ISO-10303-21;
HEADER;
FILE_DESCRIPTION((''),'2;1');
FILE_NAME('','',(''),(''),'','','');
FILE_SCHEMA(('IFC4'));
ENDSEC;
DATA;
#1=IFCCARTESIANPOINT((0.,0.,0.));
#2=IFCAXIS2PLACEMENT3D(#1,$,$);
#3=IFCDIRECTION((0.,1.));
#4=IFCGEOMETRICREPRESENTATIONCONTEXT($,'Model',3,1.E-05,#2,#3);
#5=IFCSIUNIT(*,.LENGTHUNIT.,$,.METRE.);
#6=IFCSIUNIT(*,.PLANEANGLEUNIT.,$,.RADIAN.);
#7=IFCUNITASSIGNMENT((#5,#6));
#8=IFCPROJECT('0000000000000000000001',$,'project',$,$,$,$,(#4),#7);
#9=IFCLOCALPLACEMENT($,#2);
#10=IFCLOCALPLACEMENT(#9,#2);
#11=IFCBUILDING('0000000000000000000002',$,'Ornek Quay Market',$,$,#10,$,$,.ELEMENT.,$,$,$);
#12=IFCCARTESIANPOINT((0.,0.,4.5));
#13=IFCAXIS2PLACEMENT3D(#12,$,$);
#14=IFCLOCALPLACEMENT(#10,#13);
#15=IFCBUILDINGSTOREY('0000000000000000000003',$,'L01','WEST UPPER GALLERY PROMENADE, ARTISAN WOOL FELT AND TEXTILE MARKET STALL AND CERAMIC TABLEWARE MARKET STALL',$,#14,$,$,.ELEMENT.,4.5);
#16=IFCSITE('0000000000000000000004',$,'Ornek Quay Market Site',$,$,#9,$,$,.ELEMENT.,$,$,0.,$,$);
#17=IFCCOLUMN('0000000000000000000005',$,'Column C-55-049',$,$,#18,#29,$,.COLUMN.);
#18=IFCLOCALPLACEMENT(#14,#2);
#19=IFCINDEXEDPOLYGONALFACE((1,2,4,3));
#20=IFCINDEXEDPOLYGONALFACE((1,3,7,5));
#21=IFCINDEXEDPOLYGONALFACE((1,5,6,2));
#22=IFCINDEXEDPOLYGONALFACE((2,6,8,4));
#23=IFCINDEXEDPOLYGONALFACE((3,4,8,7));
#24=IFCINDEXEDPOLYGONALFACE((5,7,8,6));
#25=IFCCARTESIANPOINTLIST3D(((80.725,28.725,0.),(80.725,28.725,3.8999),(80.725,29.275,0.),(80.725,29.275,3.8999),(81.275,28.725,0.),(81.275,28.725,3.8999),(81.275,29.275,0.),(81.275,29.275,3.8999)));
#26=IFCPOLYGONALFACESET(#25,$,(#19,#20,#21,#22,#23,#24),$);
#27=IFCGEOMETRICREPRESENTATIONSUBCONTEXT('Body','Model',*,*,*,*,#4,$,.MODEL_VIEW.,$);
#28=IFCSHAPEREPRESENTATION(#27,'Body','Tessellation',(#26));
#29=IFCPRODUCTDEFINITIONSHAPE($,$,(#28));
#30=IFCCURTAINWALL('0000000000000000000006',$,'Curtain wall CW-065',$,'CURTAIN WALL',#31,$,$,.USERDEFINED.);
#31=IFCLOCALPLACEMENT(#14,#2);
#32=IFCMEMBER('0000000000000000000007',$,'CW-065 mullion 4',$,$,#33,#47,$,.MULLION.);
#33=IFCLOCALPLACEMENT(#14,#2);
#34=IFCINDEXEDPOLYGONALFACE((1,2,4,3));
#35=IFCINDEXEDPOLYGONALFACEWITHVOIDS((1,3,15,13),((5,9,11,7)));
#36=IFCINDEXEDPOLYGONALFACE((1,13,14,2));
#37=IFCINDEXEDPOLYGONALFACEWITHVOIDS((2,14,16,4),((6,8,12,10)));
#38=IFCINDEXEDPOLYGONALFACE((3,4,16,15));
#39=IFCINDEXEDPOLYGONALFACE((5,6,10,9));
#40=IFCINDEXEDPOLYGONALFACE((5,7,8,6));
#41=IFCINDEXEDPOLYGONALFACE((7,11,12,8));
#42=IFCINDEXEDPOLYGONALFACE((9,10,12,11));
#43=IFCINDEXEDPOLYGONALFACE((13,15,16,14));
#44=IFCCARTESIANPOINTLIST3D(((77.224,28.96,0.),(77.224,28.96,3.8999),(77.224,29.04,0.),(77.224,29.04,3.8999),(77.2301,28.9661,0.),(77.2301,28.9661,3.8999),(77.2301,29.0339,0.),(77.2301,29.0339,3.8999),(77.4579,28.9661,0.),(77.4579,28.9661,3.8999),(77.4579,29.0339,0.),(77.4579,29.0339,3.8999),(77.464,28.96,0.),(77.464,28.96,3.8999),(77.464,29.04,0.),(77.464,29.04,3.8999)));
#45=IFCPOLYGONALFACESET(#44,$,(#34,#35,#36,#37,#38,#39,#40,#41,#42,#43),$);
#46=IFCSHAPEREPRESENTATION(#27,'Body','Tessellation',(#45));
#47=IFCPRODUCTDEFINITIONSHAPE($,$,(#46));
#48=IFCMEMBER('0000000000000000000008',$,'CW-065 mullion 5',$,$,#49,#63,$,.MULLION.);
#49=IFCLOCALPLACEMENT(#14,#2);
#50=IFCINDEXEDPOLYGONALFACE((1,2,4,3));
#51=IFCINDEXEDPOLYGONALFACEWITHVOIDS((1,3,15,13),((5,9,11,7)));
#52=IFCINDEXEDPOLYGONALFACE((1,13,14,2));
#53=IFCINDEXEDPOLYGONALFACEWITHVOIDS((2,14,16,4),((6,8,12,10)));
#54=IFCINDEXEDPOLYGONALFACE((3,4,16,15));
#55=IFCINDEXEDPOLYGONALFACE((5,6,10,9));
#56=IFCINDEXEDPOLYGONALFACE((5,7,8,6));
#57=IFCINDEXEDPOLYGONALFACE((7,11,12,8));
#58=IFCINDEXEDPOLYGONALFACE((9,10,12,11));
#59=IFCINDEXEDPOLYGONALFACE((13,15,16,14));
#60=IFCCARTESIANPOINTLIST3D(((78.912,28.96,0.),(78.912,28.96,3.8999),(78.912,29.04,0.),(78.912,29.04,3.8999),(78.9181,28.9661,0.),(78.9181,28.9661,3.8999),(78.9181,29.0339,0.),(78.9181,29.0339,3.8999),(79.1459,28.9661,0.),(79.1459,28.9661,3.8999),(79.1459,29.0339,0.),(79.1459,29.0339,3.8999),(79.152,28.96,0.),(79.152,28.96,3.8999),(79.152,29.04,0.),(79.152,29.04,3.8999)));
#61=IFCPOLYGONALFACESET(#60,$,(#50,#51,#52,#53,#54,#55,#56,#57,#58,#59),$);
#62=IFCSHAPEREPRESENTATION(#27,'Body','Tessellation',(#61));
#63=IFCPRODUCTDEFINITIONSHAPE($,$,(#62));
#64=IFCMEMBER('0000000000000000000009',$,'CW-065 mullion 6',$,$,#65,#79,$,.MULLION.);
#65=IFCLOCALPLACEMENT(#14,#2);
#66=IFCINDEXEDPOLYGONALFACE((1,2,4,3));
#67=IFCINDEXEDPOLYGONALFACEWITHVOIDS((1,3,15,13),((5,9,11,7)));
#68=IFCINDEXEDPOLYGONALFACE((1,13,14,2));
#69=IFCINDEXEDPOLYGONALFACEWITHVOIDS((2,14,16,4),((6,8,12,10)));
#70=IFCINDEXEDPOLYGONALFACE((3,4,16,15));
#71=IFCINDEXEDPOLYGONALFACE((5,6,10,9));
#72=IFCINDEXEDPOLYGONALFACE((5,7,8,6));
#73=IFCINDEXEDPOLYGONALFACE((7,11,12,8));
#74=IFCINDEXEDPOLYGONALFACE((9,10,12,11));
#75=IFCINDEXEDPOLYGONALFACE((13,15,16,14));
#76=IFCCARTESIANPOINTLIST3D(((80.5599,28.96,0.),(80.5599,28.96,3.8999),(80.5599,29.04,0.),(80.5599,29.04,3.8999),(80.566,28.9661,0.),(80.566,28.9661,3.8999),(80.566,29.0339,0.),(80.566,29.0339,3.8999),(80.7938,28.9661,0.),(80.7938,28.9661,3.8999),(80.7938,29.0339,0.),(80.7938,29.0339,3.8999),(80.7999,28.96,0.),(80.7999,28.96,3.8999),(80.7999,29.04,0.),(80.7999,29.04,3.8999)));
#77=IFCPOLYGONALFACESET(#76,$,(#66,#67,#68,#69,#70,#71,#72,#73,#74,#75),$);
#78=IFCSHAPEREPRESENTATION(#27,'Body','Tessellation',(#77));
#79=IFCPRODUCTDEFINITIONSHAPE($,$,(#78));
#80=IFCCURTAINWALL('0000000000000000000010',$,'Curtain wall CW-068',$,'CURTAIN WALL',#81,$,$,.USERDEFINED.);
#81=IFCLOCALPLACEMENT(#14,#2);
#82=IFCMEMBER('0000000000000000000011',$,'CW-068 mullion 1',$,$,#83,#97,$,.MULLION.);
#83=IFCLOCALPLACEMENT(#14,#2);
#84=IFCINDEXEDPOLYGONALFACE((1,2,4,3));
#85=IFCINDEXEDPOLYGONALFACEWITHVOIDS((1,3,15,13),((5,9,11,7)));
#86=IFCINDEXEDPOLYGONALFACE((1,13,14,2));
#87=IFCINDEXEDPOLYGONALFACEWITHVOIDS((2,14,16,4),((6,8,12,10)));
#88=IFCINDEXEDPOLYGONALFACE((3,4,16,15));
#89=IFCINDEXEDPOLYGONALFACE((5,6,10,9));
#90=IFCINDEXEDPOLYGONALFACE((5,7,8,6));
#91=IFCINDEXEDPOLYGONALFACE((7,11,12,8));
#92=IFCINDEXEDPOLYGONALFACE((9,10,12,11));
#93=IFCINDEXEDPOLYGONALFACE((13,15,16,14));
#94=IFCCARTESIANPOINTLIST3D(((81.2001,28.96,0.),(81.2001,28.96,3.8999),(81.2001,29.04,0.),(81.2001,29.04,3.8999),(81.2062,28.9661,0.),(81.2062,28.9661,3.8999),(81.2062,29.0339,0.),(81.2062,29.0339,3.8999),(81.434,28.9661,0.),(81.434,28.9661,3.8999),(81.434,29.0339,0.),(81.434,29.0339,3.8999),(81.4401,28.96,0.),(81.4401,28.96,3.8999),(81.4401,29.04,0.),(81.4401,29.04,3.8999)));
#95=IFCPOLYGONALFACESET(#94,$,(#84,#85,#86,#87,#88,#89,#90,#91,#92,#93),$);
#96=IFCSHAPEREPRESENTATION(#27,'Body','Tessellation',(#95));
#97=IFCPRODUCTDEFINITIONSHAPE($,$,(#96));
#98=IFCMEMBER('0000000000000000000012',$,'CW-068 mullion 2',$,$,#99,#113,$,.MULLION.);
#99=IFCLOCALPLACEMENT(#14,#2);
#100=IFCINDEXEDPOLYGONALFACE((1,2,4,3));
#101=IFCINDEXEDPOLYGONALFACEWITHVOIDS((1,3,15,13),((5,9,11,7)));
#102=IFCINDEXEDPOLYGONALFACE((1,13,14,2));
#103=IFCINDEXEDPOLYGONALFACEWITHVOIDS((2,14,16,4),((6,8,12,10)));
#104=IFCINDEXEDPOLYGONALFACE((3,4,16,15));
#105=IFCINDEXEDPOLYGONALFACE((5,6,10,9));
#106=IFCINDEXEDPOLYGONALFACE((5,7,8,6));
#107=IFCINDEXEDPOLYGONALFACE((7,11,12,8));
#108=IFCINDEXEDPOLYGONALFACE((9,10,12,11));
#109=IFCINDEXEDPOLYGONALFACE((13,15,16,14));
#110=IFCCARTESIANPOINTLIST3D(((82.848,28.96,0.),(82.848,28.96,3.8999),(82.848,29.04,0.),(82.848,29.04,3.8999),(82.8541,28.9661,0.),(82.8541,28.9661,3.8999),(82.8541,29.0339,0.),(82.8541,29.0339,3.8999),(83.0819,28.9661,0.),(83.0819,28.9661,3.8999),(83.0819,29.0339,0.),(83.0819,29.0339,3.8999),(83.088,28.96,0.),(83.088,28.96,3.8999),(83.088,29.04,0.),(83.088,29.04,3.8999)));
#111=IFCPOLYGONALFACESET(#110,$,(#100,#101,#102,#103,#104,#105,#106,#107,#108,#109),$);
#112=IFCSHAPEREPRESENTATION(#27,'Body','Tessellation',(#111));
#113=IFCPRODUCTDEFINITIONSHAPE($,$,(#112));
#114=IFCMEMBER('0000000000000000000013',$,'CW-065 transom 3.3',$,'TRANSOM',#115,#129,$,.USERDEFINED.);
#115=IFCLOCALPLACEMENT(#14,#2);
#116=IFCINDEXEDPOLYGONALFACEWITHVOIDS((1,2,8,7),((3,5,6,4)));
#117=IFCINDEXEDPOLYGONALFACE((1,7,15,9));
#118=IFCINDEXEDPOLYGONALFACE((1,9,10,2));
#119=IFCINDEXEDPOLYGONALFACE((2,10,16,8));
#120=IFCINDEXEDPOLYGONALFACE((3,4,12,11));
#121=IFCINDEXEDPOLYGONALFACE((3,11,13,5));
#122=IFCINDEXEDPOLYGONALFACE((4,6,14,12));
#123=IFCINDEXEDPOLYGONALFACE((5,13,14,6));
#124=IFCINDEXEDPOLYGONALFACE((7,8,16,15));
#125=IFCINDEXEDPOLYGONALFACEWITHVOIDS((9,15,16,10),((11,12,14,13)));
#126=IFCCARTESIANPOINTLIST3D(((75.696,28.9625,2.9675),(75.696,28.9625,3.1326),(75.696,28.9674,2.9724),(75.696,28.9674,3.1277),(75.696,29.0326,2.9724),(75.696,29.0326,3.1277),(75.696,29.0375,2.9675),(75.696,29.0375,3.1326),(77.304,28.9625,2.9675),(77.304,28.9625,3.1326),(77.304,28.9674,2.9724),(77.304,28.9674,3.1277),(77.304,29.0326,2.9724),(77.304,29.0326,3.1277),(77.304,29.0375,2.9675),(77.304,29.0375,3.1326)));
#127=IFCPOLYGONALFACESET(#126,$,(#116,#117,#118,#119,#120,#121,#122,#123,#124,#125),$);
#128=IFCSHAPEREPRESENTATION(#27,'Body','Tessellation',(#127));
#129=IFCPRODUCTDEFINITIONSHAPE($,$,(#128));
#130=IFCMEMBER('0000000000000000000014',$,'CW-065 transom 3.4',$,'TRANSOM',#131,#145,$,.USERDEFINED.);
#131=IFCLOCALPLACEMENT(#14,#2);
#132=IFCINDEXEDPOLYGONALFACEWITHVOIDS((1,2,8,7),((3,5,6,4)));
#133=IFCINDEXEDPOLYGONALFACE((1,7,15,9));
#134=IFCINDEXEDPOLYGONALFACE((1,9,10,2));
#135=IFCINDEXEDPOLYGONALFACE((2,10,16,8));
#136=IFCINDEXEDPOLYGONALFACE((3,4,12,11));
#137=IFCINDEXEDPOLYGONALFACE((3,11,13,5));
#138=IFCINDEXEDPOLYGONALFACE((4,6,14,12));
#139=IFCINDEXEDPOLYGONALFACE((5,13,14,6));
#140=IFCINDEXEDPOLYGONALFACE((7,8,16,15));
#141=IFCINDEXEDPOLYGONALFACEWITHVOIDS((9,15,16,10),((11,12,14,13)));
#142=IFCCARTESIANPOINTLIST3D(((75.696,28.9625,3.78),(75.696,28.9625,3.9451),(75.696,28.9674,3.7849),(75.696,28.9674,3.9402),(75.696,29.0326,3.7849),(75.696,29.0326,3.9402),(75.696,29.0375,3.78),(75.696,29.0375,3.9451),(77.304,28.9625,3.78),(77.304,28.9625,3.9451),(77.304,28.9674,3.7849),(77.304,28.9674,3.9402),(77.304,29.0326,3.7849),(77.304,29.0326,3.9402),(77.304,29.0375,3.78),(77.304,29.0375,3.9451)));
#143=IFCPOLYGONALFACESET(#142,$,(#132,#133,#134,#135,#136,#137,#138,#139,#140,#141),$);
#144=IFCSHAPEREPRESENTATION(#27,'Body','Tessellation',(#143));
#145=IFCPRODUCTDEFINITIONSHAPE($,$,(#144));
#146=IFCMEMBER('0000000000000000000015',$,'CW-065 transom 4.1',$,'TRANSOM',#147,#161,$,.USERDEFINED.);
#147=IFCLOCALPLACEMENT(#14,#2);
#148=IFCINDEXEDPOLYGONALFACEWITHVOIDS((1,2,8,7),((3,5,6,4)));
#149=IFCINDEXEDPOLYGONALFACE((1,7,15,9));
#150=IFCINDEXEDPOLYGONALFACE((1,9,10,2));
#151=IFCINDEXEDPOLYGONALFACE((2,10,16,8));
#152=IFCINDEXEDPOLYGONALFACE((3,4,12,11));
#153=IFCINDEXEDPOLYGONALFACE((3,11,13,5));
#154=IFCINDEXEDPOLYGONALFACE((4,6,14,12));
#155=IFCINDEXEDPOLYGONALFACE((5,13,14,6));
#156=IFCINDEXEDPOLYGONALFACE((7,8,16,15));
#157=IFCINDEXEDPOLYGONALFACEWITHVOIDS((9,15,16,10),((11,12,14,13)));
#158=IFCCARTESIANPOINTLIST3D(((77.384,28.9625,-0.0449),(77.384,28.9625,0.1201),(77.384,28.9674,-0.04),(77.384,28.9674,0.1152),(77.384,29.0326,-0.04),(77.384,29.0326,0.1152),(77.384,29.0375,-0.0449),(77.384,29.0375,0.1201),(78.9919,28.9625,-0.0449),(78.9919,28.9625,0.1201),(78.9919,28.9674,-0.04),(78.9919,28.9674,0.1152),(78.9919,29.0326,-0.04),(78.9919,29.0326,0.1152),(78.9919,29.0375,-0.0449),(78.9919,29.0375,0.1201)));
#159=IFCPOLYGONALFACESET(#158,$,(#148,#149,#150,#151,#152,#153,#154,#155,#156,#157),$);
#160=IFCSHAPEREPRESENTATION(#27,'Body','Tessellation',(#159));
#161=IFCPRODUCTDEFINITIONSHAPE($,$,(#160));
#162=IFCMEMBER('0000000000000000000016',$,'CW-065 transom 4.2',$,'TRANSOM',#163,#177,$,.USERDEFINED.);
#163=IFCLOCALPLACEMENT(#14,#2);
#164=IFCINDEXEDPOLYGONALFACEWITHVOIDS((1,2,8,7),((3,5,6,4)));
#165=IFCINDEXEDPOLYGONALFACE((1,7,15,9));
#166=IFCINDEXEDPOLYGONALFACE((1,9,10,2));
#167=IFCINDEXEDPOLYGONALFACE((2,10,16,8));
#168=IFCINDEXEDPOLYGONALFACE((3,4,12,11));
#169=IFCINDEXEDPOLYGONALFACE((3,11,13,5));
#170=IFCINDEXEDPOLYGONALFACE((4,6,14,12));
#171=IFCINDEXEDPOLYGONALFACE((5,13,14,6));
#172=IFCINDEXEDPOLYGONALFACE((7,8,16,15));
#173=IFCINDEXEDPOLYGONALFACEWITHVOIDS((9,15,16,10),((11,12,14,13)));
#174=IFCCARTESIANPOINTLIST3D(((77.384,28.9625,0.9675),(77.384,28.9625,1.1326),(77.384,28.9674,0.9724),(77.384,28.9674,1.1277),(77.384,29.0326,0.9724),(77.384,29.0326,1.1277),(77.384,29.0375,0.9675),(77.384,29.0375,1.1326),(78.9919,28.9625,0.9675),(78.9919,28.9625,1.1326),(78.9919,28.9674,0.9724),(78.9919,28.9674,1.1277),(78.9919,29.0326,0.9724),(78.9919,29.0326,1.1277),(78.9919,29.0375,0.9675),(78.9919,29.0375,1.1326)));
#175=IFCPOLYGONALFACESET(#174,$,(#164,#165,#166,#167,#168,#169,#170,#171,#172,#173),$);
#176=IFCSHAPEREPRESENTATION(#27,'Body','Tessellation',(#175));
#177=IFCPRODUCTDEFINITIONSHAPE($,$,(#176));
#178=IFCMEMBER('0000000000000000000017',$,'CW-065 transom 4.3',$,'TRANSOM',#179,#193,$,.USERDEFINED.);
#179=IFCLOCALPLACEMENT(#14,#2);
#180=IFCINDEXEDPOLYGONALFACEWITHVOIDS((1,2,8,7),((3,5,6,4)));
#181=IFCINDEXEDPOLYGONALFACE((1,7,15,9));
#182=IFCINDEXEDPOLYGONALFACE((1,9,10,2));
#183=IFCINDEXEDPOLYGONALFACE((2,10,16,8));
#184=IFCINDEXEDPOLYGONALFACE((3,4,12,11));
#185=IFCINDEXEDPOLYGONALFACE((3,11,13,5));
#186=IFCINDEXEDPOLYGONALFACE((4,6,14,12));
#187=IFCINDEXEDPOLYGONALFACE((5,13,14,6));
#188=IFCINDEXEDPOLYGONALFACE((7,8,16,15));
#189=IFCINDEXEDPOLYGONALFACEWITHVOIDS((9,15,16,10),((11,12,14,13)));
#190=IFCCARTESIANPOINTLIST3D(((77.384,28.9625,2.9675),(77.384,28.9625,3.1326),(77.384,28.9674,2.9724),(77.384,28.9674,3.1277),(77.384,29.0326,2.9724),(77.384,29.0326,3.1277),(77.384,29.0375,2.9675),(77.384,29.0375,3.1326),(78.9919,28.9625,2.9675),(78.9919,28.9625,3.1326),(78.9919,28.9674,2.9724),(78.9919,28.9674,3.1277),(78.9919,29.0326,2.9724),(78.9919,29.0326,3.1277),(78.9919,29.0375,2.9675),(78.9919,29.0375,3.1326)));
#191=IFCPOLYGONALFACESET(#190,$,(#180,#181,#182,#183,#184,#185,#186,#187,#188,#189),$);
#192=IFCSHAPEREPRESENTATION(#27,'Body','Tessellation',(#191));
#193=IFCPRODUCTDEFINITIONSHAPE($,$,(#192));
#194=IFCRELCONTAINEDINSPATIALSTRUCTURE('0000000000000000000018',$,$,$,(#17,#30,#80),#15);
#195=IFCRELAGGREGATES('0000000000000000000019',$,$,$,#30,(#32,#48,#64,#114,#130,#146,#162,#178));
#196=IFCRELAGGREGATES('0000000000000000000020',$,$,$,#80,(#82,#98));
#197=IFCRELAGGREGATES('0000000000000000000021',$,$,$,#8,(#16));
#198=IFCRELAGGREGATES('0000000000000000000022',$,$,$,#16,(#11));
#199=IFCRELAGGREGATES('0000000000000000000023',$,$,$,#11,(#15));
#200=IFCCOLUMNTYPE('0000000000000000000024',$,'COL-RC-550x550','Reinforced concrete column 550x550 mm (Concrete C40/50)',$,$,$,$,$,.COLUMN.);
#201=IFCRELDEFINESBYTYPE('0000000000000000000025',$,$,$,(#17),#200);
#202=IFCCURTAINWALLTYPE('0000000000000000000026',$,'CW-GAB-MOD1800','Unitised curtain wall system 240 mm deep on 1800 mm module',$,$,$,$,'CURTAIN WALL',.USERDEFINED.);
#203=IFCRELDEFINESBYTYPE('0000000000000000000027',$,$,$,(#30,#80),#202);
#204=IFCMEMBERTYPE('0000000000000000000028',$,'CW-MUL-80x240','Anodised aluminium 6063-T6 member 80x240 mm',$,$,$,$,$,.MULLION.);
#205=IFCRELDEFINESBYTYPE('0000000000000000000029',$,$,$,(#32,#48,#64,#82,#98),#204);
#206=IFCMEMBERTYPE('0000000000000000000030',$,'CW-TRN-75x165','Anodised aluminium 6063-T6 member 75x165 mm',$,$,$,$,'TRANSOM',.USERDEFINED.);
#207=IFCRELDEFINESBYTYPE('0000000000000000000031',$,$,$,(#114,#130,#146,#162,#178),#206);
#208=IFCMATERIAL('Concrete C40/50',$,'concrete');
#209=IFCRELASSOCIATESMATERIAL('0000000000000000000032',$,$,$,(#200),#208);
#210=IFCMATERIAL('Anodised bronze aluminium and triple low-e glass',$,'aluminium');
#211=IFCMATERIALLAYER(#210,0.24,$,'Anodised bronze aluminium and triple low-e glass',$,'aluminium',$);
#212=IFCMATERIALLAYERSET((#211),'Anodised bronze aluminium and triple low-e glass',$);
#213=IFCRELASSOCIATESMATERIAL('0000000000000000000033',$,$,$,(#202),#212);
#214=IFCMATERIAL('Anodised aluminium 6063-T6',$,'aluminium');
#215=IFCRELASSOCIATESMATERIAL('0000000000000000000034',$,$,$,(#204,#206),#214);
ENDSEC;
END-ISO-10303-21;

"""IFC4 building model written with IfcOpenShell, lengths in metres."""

from ifc_helpers import new_model, si_unit, direction, frame, origin, origin_2d, place, context, subcontext, project, spatial, rectangle, hollow_rectangle, extrude, material, layer, layer_set, material_profile, profile_set, type_object, element, aggregate, save


model = new_model("IFC4")

# Units and contexts
model_context = context("Model", 3, precision=1e-05, world=origin(), true_north=direction((0.0, 1.0)))
body_context = subcontext(model_context, "Body", "Model", "MODEL_VIEW")
ifc_project = project(units=[si_unit("LENGTHUNIT", "METRE"), si_unit("PLANEANGLEUNIT", "RADIAN")], contexts=[model_context])

# Site, building, storey
site_placement = place(None, origin())
site = spatial("IfcSite", under=ifc_project, at=site_placement, Name="Ornek Quay Market Site", CompositionType="ELEMENT", RefElevation=0.0)
building_placement = place(site_placement, origin())
building = spatial("IfcBuilding", under=site, at=building_placement, Name="Ornek Quay Market", CompositionType="ELEMENT")
storey_placement = place(building_placement, frame((0.0, 0.0, 4.5)))
storey = spatial("IfcBuildingStorey", under=building, at=storey_placement, Name="L01", Description="WEST UPPER GALLERY PROMENADE, ARTISAN WOOL FELT AND TEXTILE MARKET STALL AND CERAMIC TABLEWARE MARKET STALL", CompositionType="ELEMENT", Elevation=4.5)

# Column
ifc_material_1 = material(Name="Concrete C40/50", Category="concrete")
ifc_material_profile_1 = material_profile(ifc_material_1, rectangle(XDim=0.55, YDim=0.55, at=origin_2d()), Name="RC 550x550", Category="concrete")
ifc_profile_set_1 = profile_set([ifc_material_profile_1], Name="Concrete C40/50")
column_type = type_object("IfcColumnType", Name="COL-RC-550x550", Description="Reinforced concrete column 550x550 mm (Concrete C40/50)", PredefinedType="COLUMN", material=ifc_profile_set_1)
column_placement = place(storey_placement, frame((81.0, 29.0, 0.0), z_axis=(0.0, 0.0, 1.0), x_axis=(1.0, 0.0, 0.0)))
element("IfcColumn", 1, at=column_placement, inside=storey, type_object=column_type, Name="Column C-55-049", PredefinedType="COLUMN", context=body_context, shape_type="SweptSolid", body=[
    extrude(rectangle(XDim=0.55, YDim=0.55, at=origin_2d()), origin(), (0.0, 0.0, 1.0), 3.8999),
])

# Curtain walls, members
ifc_material_2 = material(Name="Anodised bronze aluminium and triple low-e glass", Category="aluminium")
ifc_layer_1 = layer(ifc_material_2, 0.24, Name="Anodised bronze aluminium and triple low-e glass", Category="aluminium")
ifc_layer_set_1 = layer_set([ifc_layer_1], Name="Anodised bronze aluminium and triple low-e glass")
curtain_wall_type = type_object("IfcCurtainWallType", Name="CW-GAB-MOD1800", Description="Unitised curtain wall system 240 mm deep on 1800 mm module", ElementType="CURTAIN WALL", PredefinedType="USERDEFINED", material=ifc_layer_set_1)
curtain_wall_1_placement = place(storey_placement, origin())
curtain_wall_1 = element("IfcCurtainWall", 2, at=curtain_wall_1_placement, inside=storey, type_object=curtain_wall_type, Name="Curtain wall CW-065", ObjectType="CURTAIN WALL", PredefinedType="USERDEFINED")
ifc_material_3 = material(Name="Anodised aluminium 6063-T6", Category="aluminium")
ifc_material_profile_2 = material_profile(ifc_material_3, hollow_rectangle(XDim=0.0801, YDim=0.24, WallThickness=0.0061, at=origin_2d()), Name="CW-MUL-80x240", Category="aluminium")
ifc_profile_set_2 = profile_set([ifc_material_profile_2], Name="Anodised aluminium 6063-T6")
member_type_1 = type_object("IfcMemberType", Name="CW-MUL-80x240", Description="Anodised aluminium 6063-T6 member 80x240 mm", PredefinedType="MULLION", material=ifc_profile_set_2)
member_1_placement = place(storey_placement, frame((77.344, 29.0, 0.0), z_axis=(0.0, 0.0, 1.0), x_axis=(0.0, 1.0, 0.0)))
member_1 = element("IfcMember", 3, at=member_1_placement, type_object=member_type_1, Name="CW-065 mullion 4", PredefinedType="MULLION", context=body_context, shape_type="SweptSolid", body=[
    extrude(hollow_rectangle(XDim=0.0801, YDim=0.24, WallThickness=0.0061, at=origin_2d()), origin(), (0.0, 0.0, 1.0), 3.8999),
])
member_2_placement = place(storey_placement, frame((79.032, 29.0, 0.0), z_axis=(0.0, 0.0, 1.0), x_axis=(0.0, 1.0, 0.0)))
member_2 = element("IfcMember", 4, at=member_2_placement, type_object=member_type_1, Name="CW-065 mullion 5", PredefinedType="MULLION", context=body_context, shape_type="SweptSolid", body=[
    extrude(hollow_rectangle(XDim=0.0801, YDim=0.24, WallThickness=0.0061, at=origin_2d()), origin(), (0.0, 0.0, 1.0), 3.8999),
])
member_3_placement = place(storey_placement, frame((80.6799, 29.0, 0.0), z_axis=(0.0, 0.0, 1.0), x_axis=(0.0, 1.0, 0.0)))
member_3 = element("IfcMember", 5, at=member_3_placement, type_object=member_type_1, Name="CW-065 mullion 6", PredefinedType="MULLION", context=body_context, shape_type="SweptSolid", body=[
    extrude(hollow_rectangle(XDim=0.0801, YDim=0.24, WallThickness=0.0061, at=origin_2d()), origin(), (0.0, 0.0, 1.0), 3.8999),
])
curtain_wall_2_placement = place(storey_placement, origin())
curtain_wall_2 = element("IfcCurtainWall", 6, at=curtain_wall_2_placement, inside=storey, type_object=curtain_wall_type, Name="Curtain wall CW-068", ObjectType="CURTAIN WALL", PredefinedType="USERDEFINED")
member_4_placement = place(storey_placement, frame((81.3201, 29.0, 0.0), z_axis=(0.0, 0.0, 1.0), x_axis=(0.0, 1.0, 0.0)))
member_4 = element("IfcMember", 7, at=member_4_placement, type_object=member_type_1, Name="CW-068 mullion 1", PredefinedType="MULLION", context=body_context, shape_type="SweptSolid", body=[
    extrude(hollow_rectangle(XDim=0.0801, YDim=0.24, WallThickness=0.0061, at=origin_2d()), origin(), (0.0, 0.0, 1.0), 3.8999),
])
member_5_placement = place(storey_placement, frame((82.968, 29.0, 0.0), z_axis=(0.0, 0.0, 1.0), x_axis=(0.0, 1.0, 0.0)))
member_5 = element("IfcMember", 8, at=member_5_placement, type_object=member_type_1, Name="CW-068 mullion 2", PredefinedType="MULLION", context=body_context, shape_type="SweptSolid", body=[
    extrude(hollow_rectangle(XDim=0.0801, YDim=0.24, WallThickness=0.0061, at=origin_2d()), origin(), (0.0, 0.0, 1.0), 3.8999),
])

# Members
ifc_material_profile_3 = material_profile(ifc_material_3, hollow_rectangle(XDim=0.075, YDim=0.165, WallThickness=0.0049, at=origin_2d()), Name="CW-TRN-75x165", Category="aluminium")
ifc_profile_set_3 = profile_set([ifc_material_profile_3], Name="Anodised aluminium 6063-T6")
member_type_2 = type_object("IfcMemberType", Name="CW-TRN-75x165", Description="Anodised aluminium 6063-T6 member 75x165 mm", ElementType="TRANSOM", PredefinedType="USERDEFINED", material=ifc_profile_set_3)
member_6_placement = place(storey_placement, frame((75.696, 29.0, 3.05), z_axis=(1.0, 0.0, 0.0), x_axis=(0.0, 1.0, 0.0)))
member_6 = element("IfcMember", 9, at=member_6_placement, type_object=member_type_2, Name="CW-065 transom 3.3", ObjectType="TRANSOM", PredefinedType="USERDEFINED", context=body_context, shape_type="SweptSolid", body=[
    extrude(hollow_rectangle(XDim=0.075, YDim=0.165, WallThickness=0.0049, at=origin_2d()), origin(), (0.0, 0.0, 1.0), 1.6079),
])
member_7_placement = place(storey_placement, frame((75.696, 29.0, 3.8625), z_axis=(1.0, 0.0, 0.0), x_axis=(0.0, 1.0, 0.0)))
member_7 = element("IfcMember", 10, at=member_7_placement, type_object=member_type_2, Name="CW-065 transom 3.4", ObjectType="TRANSOM", PredefinedType="USERDEFINED", context=body_context, shape_type="SweptSolid", body=[
    extrude(hollow_rectangle(XDim=0.075, YDim=0.165, WallThickness=0.0049, at=origin_2d()), origin(), (0.0, 0.0, 1.0), 1.6079),
])
member_8_placement = place(storey_placement, frame((77.384, 29.0, 0.0376), z_axis=(1.0, 0.0, 0.0), x_axis=(0.0, 1.0, 0.0)))
member_8 = element("IfcMember", 11, at=member_8_placement, type_object=member_type_2, Name="CW-065 transom 4.1", ObjectType="TRANSOM", PredefinedType="USERDEFINED", context=body_context, shape_type="SweptSolid", body=[
    extrude(hollow_rectangle(XDim=0.075, YDim=0.165, WallThickness=0.0049, at=origin_2d()), origin(), (0.0, 0.0, 1.0), 1.6079),
])
member_9_placement = place(storey_placement, frame((77.384, 29.0, 1.05), z_axis=(1.0, 0.0, 0.0), x_axis=(0.0, 1.0, 0.0)))
member_9 = element("IfcMember", 12, at=member_9_placement, type_object=member_type_2, Name="CW-065 transom 4.2", ObjectType="TRANSOM", PredefinedType="USERDEFINED", context=body_context, shape_type="SweptSolid", body=[
    extrude(hollow_rectangle(XDim=0.075, YDim=0.165, WallThickness=0.0049, at=origin_2d()), origin(), (0.0, 0.0, 1.0), 1.6079),
])
member_10_placement = place(storey_placement, frame((77.384, 29.0, 3.05), z_axis=(1.0, 0.0, 0.0), x_axis=(0.0, 1.0, 0.0)))
member_10 = element("IfcMember", 13, at=member_10_placement, type_object=member_type_2, Name="CW-065 transom 4.3", ObjectType="TRANSOM", PredefinedType="USERDEFINED", context=body_context, shape_type="SweptSolid", body=[
    extrude(hollow_rectangle(XDim=0.075, YDim=0.165, WallThickness=0.0049, at=origin_2d()), origin(), (0.0, 0.0, 1.0), 1.6079),
])

aggregate(curtain_wall_1, [member_1, member_2, member_3, member_6, member_7, member_8, member_9, member_10])
aggregate(curtain_wall_2, [member_4, member_5])

save(model, "model.ifc")
